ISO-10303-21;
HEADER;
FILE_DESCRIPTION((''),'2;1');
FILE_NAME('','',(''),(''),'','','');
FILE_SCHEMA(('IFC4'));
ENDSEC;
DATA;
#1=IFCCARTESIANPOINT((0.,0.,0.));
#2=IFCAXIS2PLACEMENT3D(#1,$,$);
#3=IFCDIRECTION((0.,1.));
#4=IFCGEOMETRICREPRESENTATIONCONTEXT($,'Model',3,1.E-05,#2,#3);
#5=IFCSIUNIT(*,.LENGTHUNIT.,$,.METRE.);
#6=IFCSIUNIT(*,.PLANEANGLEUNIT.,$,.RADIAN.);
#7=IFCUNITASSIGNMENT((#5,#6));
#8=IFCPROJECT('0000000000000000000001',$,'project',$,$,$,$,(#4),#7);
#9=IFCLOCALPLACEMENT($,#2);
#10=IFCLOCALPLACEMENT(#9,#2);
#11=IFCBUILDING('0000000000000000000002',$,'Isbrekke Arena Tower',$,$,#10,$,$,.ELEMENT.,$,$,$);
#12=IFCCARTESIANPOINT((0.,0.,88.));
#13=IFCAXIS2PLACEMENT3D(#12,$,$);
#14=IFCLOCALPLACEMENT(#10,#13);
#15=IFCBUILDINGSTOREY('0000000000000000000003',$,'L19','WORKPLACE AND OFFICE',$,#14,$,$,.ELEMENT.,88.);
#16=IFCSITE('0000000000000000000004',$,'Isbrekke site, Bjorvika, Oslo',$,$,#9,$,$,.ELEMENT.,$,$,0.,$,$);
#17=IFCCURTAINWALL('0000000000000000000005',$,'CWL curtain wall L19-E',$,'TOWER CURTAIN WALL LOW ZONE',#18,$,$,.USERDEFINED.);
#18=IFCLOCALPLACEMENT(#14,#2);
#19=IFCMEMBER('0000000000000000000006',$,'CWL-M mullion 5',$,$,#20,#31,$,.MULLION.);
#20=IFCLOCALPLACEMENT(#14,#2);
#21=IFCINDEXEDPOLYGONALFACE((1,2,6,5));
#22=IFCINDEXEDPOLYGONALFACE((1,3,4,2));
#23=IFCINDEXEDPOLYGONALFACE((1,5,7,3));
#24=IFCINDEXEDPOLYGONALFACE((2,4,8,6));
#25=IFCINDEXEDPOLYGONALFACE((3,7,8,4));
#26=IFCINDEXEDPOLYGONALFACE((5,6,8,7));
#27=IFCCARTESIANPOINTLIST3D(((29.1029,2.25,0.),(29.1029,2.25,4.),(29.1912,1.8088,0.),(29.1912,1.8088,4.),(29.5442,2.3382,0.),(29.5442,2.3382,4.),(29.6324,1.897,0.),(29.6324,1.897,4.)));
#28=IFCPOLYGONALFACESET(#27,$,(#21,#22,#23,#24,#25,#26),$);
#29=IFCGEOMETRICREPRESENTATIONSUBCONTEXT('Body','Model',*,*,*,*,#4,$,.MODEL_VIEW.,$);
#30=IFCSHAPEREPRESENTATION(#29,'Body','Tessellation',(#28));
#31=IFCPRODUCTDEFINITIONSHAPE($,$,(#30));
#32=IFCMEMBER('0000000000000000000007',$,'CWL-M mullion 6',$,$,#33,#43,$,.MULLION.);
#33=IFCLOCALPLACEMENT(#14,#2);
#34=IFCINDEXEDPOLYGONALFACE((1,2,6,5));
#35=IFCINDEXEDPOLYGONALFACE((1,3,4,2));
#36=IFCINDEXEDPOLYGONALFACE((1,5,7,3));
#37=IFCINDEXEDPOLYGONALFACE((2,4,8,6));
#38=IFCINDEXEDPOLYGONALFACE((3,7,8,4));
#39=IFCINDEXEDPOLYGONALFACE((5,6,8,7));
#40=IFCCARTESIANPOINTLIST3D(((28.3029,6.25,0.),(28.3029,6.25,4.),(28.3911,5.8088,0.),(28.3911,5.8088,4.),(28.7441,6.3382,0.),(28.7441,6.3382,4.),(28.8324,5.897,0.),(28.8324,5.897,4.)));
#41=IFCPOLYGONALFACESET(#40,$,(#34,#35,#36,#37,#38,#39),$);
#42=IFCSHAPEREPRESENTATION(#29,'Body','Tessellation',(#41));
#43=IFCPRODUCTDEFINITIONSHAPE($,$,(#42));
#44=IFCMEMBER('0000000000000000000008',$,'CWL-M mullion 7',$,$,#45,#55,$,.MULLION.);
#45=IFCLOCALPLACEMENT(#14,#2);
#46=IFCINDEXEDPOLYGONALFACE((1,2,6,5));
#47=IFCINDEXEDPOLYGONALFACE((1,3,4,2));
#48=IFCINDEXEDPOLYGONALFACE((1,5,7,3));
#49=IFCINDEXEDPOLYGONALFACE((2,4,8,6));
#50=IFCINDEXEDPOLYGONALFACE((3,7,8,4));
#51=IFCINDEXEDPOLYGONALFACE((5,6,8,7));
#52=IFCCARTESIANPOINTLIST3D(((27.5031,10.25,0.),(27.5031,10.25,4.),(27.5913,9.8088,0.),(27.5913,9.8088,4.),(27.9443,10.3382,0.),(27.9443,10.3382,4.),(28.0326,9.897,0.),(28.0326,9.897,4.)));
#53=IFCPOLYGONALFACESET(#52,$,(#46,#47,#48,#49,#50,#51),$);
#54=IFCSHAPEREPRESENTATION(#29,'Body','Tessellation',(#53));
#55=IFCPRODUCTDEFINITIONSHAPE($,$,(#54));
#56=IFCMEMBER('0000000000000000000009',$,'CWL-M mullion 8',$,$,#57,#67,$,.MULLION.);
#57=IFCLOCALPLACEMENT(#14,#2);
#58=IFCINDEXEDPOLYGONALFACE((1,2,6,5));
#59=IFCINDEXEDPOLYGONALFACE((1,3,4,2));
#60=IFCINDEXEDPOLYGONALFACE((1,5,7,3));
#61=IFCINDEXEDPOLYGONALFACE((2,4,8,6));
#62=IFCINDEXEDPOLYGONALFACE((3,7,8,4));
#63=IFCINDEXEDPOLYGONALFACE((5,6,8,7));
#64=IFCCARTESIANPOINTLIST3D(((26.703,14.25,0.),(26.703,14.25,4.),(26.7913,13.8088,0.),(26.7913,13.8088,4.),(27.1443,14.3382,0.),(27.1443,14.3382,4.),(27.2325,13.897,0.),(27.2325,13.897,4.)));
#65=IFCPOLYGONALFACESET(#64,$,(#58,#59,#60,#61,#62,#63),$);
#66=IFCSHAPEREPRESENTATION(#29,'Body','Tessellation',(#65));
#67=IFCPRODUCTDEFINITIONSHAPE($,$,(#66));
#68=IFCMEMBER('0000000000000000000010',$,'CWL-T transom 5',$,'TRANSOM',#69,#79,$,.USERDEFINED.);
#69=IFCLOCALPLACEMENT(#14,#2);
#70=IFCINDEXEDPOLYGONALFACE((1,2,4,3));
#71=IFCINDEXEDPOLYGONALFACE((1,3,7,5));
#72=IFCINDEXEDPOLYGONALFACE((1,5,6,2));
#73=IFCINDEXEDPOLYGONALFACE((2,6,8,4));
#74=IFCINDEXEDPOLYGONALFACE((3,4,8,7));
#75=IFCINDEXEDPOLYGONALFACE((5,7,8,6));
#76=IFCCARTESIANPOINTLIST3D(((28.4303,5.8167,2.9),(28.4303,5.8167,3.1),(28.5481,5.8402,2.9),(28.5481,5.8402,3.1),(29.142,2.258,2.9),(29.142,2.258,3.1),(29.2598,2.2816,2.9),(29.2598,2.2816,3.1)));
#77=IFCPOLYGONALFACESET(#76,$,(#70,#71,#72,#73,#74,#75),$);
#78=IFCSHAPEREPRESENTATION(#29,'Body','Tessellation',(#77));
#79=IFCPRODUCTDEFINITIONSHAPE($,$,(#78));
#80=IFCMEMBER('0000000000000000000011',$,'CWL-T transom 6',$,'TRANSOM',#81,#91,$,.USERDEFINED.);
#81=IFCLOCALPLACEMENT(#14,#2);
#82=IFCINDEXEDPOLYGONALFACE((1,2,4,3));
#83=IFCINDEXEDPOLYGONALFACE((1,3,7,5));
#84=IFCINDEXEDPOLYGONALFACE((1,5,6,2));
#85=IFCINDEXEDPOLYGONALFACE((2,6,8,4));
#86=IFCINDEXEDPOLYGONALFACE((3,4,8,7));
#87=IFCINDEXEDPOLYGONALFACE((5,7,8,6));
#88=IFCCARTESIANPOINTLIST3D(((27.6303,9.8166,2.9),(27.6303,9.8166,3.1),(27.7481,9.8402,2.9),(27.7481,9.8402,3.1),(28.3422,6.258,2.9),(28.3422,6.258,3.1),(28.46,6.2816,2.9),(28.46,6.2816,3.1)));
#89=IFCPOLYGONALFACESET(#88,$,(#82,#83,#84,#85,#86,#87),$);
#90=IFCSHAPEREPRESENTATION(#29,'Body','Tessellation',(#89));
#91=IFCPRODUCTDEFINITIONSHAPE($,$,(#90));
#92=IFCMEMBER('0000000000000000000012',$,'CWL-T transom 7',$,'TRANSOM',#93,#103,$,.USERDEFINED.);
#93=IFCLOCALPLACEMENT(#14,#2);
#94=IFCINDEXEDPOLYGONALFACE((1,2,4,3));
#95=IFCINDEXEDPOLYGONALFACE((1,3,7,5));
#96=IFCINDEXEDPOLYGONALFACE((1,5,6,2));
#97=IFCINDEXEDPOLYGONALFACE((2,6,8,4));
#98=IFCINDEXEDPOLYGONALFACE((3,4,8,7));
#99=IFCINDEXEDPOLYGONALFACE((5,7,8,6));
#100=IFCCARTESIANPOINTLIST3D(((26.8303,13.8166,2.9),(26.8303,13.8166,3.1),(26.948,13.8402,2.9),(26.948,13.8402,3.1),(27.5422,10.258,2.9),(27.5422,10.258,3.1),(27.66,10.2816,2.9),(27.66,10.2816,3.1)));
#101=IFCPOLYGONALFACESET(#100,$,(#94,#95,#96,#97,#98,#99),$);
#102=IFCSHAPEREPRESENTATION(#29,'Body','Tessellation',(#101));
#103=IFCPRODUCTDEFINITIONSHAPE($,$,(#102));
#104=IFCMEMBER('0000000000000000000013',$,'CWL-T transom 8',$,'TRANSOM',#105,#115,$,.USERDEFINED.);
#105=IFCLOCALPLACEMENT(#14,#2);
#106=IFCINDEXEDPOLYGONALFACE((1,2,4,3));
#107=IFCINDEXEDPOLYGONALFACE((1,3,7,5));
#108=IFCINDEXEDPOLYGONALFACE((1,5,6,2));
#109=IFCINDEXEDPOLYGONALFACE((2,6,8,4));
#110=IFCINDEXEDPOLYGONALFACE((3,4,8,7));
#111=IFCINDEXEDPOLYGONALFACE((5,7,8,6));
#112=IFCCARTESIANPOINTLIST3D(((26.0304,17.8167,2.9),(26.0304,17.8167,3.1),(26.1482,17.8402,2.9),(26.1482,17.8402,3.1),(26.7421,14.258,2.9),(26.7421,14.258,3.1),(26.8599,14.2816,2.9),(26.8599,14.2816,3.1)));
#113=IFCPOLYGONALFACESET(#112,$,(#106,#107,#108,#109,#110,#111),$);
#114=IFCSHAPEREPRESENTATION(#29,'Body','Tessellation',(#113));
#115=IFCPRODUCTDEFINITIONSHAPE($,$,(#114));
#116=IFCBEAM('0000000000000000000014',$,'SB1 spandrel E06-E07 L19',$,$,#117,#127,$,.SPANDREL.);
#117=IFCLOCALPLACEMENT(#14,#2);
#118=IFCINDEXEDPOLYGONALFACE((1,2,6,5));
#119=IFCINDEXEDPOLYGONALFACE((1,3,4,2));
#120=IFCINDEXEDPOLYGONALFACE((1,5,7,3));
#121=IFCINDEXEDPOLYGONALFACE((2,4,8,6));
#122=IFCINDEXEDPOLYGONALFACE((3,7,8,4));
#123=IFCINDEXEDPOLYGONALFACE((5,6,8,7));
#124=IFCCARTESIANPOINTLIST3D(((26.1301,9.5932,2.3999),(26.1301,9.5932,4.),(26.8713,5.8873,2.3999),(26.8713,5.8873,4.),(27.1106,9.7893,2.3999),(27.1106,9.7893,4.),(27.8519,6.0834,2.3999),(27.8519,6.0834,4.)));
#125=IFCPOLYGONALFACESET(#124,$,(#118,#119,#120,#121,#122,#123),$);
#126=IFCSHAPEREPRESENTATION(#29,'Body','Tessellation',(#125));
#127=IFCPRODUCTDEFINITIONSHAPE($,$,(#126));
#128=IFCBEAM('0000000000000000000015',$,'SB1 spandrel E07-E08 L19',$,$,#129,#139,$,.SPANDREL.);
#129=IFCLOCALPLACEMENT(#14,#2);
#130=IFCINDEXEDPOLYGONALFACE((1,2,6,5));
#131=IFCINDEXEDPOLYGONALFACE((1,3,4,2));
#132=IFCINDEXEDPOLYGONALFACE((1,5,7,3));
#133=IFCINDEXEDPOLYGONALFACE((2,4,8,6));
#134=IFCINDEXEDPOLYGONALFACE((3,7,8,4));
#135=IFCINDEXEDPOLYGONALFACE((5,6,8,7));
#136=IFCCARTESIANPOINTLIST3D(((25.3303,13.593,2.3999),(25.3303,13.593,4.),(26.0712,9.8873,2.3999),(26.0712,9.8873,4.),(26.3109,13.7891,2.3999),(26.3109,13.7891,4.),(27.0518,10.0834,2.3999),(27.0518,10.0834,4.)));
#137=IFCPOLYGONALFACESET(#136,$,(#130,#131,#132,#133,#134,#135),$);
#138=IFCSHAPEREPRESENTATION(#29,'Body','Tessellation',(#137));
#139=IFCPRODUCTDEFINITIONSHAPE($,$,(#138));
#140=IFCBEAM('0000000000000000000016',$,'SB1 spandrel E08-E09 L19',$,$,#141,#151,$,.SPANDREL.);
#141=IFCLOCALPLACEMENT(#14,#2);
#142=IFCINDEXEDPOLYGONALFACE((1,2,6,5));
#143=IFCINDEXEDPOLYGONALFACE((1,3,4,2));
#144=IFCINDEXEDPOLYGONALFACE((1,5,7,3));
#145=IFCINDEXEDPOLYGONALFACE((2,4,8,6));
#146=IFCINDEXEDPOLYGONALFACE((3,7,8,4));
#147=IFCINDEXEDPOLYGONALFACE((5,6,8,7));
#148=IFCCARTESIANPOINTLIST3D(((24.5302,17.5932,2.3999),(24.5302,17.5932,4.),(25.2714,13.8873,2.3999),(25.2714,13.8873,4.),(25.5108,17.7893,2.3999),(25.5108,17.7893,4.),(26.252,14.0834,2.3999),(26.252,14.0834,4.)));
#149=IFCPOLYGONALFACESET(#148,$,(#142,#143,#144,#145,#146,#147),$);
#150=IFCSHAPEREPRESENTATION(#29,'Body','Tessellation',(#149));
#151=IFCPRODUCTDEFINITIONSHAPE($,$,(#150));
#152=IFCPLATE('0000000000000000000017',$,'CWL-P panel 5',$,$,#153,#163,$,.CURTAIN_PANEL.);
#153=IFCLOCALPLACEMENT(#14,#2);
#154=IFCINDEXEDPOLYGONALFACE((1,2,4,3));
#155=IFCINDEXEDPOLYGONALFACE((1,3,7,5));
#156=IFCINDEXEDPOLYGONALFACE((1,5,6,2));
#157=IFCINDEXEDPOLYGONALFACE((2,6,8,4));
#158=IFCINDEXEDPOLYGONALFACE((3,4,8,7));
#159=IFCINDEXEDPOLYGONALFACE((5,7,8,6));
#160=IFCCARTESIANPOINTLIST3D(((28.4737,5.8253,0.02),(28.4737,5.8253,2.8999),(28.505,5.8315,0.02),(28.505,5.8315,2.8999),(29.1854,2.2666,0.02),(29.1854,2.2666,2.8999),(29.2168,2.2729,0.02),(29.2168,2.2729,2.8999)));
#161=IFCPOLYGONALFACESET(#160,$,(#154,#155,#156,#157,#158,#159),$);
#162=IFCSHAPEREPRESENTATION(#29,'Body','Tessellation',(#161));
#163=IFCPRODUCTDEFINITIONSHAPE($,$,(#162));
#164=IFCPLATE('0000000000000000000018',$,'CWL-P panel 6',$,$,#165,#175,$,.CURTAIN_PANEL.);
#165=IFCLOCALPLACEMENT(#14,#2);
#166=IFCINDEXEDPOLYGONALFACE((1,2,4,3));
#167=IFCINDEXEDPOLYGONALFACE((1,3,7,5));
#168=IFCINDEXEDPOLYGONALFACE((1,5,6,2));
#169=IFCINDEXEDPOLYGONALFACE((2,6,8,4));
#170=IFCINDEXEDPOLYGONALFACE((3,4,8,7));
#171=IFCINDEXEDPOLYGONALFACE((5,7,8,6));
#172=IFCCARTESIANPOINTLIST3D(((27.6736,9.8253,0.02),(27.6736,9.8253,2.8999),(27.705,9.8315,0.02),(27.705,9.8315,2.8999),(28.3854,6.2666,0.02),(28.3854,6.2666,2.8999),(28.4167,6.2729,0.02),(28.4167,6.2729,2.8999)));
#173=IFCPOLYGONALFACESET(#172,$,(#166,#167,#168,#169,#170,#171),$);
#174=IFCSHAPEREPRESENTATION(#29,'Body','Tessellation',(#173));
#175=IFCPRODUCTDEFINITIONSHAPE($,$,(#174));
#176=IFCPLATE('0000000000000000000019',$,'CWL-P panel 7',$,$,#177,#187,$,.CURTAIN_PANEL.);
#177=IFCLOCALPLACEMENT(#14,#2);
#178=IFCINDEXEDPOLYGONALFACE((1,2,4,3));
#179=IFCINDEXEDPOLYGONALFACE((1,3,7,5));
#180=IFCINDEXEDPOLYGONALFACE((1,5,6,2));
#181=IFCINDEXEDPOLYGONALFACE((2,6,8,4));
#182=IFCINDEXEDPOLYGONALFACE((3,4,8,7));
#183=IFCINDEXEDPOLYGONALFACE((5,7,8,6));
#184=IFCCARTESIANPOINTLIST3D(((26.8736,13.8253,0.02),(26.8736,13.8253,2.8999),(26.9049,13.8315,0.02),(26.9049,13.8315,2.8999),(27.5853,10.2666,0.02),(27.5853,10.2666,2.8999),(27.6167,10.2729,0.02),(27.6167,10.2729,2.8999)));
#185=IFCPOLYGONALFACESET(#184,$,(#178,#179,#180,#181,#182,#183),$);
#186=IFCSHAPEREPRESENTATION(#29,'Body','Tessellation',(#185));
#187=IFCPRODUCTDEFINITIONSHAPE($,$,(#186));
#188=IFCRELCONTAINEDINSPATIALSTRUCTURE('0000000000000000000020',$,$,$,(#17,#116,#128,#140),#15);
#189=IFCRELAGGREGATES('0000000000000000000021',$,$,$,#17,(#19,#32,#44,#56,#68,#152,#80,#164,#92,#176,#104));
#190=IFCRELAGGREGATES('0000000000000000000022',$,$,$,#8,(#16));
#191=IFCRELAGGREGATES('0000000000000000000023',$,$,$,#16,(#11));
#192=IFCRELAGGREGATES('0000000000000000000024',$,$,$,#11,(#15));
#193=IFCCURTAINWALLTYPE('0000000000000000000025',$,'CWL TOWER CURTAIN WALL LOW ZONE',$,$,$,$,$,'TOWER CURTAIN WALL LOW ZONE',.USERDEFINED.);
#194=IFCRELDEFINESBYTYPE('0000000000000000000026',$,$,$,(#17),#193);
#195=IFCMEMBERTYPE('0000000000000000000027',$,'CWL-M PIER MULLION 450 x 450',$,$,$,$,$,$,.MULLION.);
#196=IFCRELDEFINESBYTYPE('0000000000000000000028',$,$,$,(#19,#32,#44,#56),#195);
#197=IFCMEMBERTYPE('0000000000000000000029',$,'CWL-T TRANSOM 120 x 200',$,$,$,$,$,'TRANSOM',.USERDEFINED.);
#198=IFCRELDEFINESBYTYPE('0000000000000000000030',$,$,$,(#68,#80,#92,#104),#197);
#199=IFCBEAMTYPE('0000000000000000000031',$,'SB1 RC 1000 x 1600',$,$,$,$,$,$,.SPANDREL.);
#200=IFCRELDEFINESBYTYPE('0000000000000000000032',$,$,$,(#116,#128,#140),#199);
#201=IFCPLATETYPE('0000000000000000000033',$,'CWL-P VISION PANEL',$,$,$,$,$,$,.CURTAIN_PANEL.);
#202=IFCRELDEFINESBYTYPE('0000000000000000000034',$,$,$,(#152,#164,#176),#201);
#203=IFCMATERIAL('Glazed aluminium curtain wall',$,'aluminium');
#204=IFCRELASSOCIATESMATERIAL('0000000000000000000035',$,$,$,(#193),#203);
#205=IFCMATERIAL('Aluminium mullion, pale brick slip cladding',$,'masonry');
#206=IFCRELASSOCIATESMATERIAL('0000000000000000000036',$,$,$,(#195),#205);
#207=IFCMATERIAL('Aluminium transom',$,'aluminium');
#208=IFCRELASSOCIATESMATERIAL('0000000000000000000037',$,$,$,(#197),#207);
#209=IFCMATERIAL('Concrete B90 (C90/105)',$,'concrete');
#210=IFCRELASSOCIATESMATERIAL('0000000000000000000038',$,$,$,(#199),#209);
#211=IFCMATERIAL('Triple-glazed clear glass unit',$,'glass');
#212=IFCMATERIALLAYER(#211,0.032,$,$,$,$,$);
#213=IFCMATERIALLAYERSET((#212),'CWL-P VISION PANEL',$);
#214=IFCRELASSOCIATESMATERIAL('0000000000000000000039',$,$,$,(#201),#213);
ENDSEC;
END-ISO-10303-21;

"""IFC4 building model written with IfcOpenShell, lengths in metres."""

from ifc_helpers import new_model, si_unit, direction, frame, origin, origin_2d, place, context, subcontext, project, spatial, rectangle, extrude, material, layer, layer_set, material_profile, profile_set, type_object, element, aggregate, save


model = new_model("IFC4")

# Units and contexts
model_context = context("Model", 3, precision=1e-05, world=origin(), true_north=direction((0.0, 1.0)))
body_context = subcontext(model_context, "Body", "Model", "MODEL_VIEW")
ifc_project = project(units=[si_unit("LENGTHUNIT", "METRE"), si_unit("PLANEANGLEUNIT", "RADIAN")], contexts=[model_context])

# Site, building, storey
site_placement = place(None, origin())
site = spatial("IfcSite", under=ifc_project, at=site_placement, Name="Isbrekke site, Bjorvika, Oslo", CompositionType="ELEMENT", RefElevation=0.0)
building_placement = place(site_placement, origin())
building = spatial("IfcBuilding", under=site, at=building_placement, Name="Isbrekke Arena Tower", CompositionType="ELEMENT")
storey_placement = place(building_placement, frame((0.0, 0.0, 88.0)))
storey = spatial("IfcBuildingStorey", under=building, at=storey_placement, Name="L19", Description="WORKPLACE AND OFFICE", CompositionType="ELEMENT", Elevation=88.0)

# Curtain wall, members
ifc_material_1 = material(Name="Glazed aluminium curtain wall", Category="aluminium")
curtain_wall_type = type_object("IfcCurtainWallType", Name="CWL TOWER CURTAIN WALL LOW ZONE", ElementType="TOWER CURTAIN WALL LOW ZONE", PredefinedType="USERDEFINED", material=ifc_material_1)
curtain_wall_placement = place(storey_placement, origin())
curtain_wall = element("IfcCurtainWall", 1, at=curtain_wall_placement, inside=storey, type_object=curtain_wall_type, Name="CWL curtain wall L19-E", ObjectType="TOWER CURTAIN WALL LOW ZONE", PredefinedType="USERDEFINED")
ifc_material_2 = material(Name="Aluminium mullion, pale brick slip cladding", Category="masonry")
ifc_material_profile_1 = material_profile(ifc_material_2, rectangle(XDim=0.45, YDim=0.45, at=origin_2d()), Name="PIER 450X450")
ifc_profile_set_1 = profile_set([ifc_material_profile_1], Name="Aluminium mullion, pale brick slip cladding")
member_type_1 = type_object("IfcMemberType", Name="CWL-M PIER MULLION 450 x 450", PredefinedType="MULLION", material=ifc_profile_set_1)
member_1_placement = place(storey_placement, frame((29.3677, 2.0735, 0.0), z_axis=(0.0, 0.0, 1.0), x_axis=(-0.196116, 0.980581, 0.0)))
member_1 = element("IfcMember", 2, at=member_1_placement, type_object=member_type_1, Name="CWL-M mullion 5", PredefinedType="MULLION", context=body_context, shape_type="SweptSolid", body=[
    extrude(rectangle(XDim=0.45, YDim=0.45, at=origin_2d()), origin(), (0.0, 0.0, 1.0), 4.0),
])
member_2_placement = place(storey_placement, frame((28.5676, 6.0735, 0.0), z_axis=(0.0, 0.0, 1.0), x_axis=(-0.196116, 0.980581, 0.0)))
member_2 = element("IfcMember", 3, at=member_2_placement, type_object=member_type_1, Name="CWL-M mullion 6", PredefinedType="MULLION", context=body_context, shape_type="SweptSolid", body=[
    extrude(rectangle(XDim=0.45, YDim=0.45, at=origin_2d()), origin(), (0.0, 0.0, 1.0), 4.0),
])
member_3_placement = place(storey_placement, frame((27.7678, 10.0735, 0.0), z_axis=(0.0, 0.0, 1.0), x_axis=(-0.196116, 0.980581, 0.0)))
member_3 = element("IfcMember", 4, at=member_3_placement, type_object=member_type_1, Name="CWL-M mullion 7", PredefinedType="MULLION", context=body_context, shape_type="SweptSolid", body=[
    extrude(rectangle(XDim=0.45, YDim=0.45, at=origin_2d()), origin(), (0.0, 0.0, 1.0), 4.0),
])
member_4_placement = place(storey_placement, frame((26.9678, 14.0735, 0.0), z_axis=(0.0, 0.0, 1.0), x_axis=(-0.196116, 0.980581, 0.0)))
member_4 = element("IfcMember", 5, at=member_4_placement, type_object=member_type_1, Name="CWL-M mullion 8", PredefinedType="MULLION", context=body_context, shape_type="SweptSolid", body=[
    extrude(rectangle(XDim=0.45, YDim=0.45, at=origin_2d()), origin(), (0.0, 0.0, 1.0), 4.0),
])
ifc_material_3 = material(Name="Aluminium transom", Category="aluminium")
ifc_material_profile_2 = material_profile(ifc_material_3, rectangle(XDim=0.1201, YDim=0.2, at=origin_2d()), Name="TRANSOM 120X200")
ifc_profile_set_2 = profile_set([ifc_material_profile_2], Name="Aluminium transom")
member_type_2 = type_object("IfcMemberType", Name="CWL-T TRANSOM 120 x 200", ElementType="TRANSOM", PredefinedType="USERDEFINED", material=ifc_profile_set_2)
member_5_placement = place(storey_placement, frame((29.2009, 2.2698, 3.0), z_axis=(-0.196103, 0.980583, 0.0), x_axis=(-0.980583, -0.196103, 0.0)))
member_5 = element("IfcMember", 6, at=member_5_placement, type_object=member_type_2, Name="CWL-T transom 5", ObjectType="TRANSOM", PredefinedType="USERDEFINED", context=body_context, shape_type="SweptSolid", body=[
    extrude(rectangle(XDim=0.1201, YDim=0.2, at=origin_2d()), origin(), (0.0, 0.0, 1.0), 3.6292),
])
member_6_placement = place(storey_placement, frame((28.4011, 6.2698, 3.0), z_axis=(-0.196168, 0.98057, 0.0), x_axis=(-0.98057, -0.196168, 0.0)))
member_6 = element("IfcMember", 7, at=member_6_placement, type_object=member_type_2, Name="CWL-T transom 6", ObjectType="TRANSOM", PredefinedType="USERDEFINED", context=body_context, shape_type="SweptSolid", body=[
    extrude(rectangle(XDim=0.1201, YDim=0.2, at=origin_2d()), origin(), (0.0, 0.0, 1.0), 3.6292),
])
member_7_placement = place(storey_placement, frame((27.6011, 10.2698, 3.0), z_axis=(-0.196168, 0.98057, 0.0), x_axis=(-0.98057, -0.196168, 0.0)))
member_7 = element("IfcMember", 8, at=member_7_placement, type_object=member_type_2, Name="CWL-T transom 7", ObjectType="TRANSOM", PredefinedType="USERDEFINED", context=body_context, shape_type="SweptSolid", body=[
    extrude(rectangle(XDim=0.1201, YDim=0.2, at=origin_2d()), origin(), (0.0, 0.0, 1.0), 3.6292),
])
member_8_placement = place(storey_placement, frame((26.801, 14.2698, 3.0), z_axis=(-0.196103, 0.980583, 0.0), x_axis=(-0.980583, -0.196103, 0.0)))
member_8 = element("IfcMember", 9, at=member_8_placement, type_object=member_type_2, Name="CWL-T transom 8", ObjectType="TRANSOM", PredefinedType="USERDEFINED", context=body_context, shape_type="SweptSolid", body=[
    extrude(rectangle(XDim=0.1201, YDim=0.2, at=origin_2d()), origin(), (0.0, 0.0, 1.0), 3.6292),
])

# Beams
ifc_material_4 = material(Name="Concrete B90 (C90/105)", Category="concrete")
ifc_material_profile_3 = material_profile(ifc_material_4, rectangle(XDim=1.0, YDim=1.6001, at=origin_2d()), Name="RC 1000x1600")
ifc_profile_set_3 = profile_set([ifc_material_profile_3], Name="Concrete B90 (C90/105)")
beam_type_1 = type_object("IfcBeamType", Name="SB1 RC 1000 x 1600", PredefinedType="SPANDREL", material=ifc_profile_set_3)
beam_1_placement = place(storey_placement, frame((27.3616, 5.9854, 3.2), z_axis=(-0.196129, 0.980578, 0.0), x_axis=(-0.980578, -0.196129, 0.0)))
element("IfcBeam", 10, at=beam_1_placement, inside=storey, type_object=beam_type_1, Name="SB1 spandrel E06-E07 L19", PredefinedType="SPANDREL", context=body_context, shape_type="SweptSolid", body=[
    extrude(rectangle(XDim=1.0, YDim=1.6001, at=origin_2d()), origin(), (0.0, 0.0, 1.0), 3.7793),
])
beam_2_placement = place(storey_placement, frame((26.5615, 9.9854, 3.2), z_axis=(-0.196066, 0.980591, 0.0), x_axis=(-0.980591, -0.196066, 0.0)))
element("IfcBeam", 11, at=beam_2_placement, inside=storey, type_object=beam_type_1, Name="SB1 spandrel E07-E08 L19", PredefinedType="SPANDREL", context=body_context, shape_type="SweptSolid", body=[
    extrude(rectangle(XDim=1.0, YDim=1.6001, at=origin_2d()), origin(), (0.0, 0.0, 1.0), 3.7791),
])
beam_3_placement = place(storey_placement, frame((25.7617, 13.9854, 3.2), z_axis=(-0.196129, 0.980578, 0.0), x_axis=(-0.980578, -0.196129, 0.0)))
element("IfcBeam", 12, at=beam_3_placement, inside=storey, type_object=beam_type_1, Name="SB1 spandrel E08-E09 L19", PredefinedType="SPANDREL", context=body_context, shape_type="SweptSolid", body=[
    extrude(rectangle(XDim=1.0, YDim=1.6001, at=origin_2d()), origin(), (0.0, 0.0, 1.0), 3.7793),
])

# Plates
ifc_material_5 = material(Name="Triple-glazed clear glass unit", Category="glass")
ifc_layer_1 = layer(ifc_material_5, 0.032)
ifc_layer_set_1 = layer_set([ifc_layer_1], Name="CWL-P VISION PANEL")
plate_type = type_object("IfcPlateType", Name="CWL-P VISION PANEL", PredefinedType="CURTAIN_PANEL", material=ifc_layer_set_1)
plate_1_placement = place(storey_placement, frame((28.8452, 4.0491, 0.02), z_axis=(0.0, 0.0, 1.0), x_axis=(-0.196116, 0.980581, 0.0)))
plate_1 = element("IfcPlate", 13, at=plate_1_placement, type_object=plate_type, Name="CWL-P panel 5", PredefinedType="CURTAIN_PANEL", context=body_context, shape_type="SweptSolid", body=[
    extrude(rectangle(XDim=3.6292, YDim=0.032, at=origin_2d()), origin(), (0.0, 0.0, 1.0), 2.8799),
])
plate_2_placement = place(storey_placement, frame((28.0452, 8.0491, 0.02), z_axis=(0.0, 0.0, 1.0), x_axis=(-0.196116, 0.980581, 0.0)))
plate_2 = element("IfcPlate", 14, at=plate_2_placement, type_object=plate_type, Name="CWL-P panel 6", PredefinedType="CURTAIN_PANEL", context=body_context, shape_type="SweptSolid", body=[
    extrude(rectangle(XDim=3.6292, YDim=0.032, at=origin_2d()), origin(), (0.0, 0.0, 1.0), 2.8799),
])
plate_3_placement = place(storey_placement, frame((27.2451, 12.0491, 0.02), z_axis=(0.0, 0.0, 1.0), x_axis=(-0.196116, 0.980581, 0.0)))
plate_3 = element("IfcPlate", 15, at=plate_3_placement, type_object=plate_type, Name="CWL-P panel 7", PredefinedType="CURTAIN_PANEL", context=body_context, shape_type="SweptSolid", body=[
    extrude(rectangle(XDim=3.6292, YDim=0.032, at=origin_2d()), origin(), (0.0, 0.0, 1.0), 2.8799),
])
aggregate(curtain_wall, [member_1, member_2, member_3, member_4, member_5, plate_1, member_6, plate_2, member_7, plate_3, member_8])

save(model, "model.ifc")
